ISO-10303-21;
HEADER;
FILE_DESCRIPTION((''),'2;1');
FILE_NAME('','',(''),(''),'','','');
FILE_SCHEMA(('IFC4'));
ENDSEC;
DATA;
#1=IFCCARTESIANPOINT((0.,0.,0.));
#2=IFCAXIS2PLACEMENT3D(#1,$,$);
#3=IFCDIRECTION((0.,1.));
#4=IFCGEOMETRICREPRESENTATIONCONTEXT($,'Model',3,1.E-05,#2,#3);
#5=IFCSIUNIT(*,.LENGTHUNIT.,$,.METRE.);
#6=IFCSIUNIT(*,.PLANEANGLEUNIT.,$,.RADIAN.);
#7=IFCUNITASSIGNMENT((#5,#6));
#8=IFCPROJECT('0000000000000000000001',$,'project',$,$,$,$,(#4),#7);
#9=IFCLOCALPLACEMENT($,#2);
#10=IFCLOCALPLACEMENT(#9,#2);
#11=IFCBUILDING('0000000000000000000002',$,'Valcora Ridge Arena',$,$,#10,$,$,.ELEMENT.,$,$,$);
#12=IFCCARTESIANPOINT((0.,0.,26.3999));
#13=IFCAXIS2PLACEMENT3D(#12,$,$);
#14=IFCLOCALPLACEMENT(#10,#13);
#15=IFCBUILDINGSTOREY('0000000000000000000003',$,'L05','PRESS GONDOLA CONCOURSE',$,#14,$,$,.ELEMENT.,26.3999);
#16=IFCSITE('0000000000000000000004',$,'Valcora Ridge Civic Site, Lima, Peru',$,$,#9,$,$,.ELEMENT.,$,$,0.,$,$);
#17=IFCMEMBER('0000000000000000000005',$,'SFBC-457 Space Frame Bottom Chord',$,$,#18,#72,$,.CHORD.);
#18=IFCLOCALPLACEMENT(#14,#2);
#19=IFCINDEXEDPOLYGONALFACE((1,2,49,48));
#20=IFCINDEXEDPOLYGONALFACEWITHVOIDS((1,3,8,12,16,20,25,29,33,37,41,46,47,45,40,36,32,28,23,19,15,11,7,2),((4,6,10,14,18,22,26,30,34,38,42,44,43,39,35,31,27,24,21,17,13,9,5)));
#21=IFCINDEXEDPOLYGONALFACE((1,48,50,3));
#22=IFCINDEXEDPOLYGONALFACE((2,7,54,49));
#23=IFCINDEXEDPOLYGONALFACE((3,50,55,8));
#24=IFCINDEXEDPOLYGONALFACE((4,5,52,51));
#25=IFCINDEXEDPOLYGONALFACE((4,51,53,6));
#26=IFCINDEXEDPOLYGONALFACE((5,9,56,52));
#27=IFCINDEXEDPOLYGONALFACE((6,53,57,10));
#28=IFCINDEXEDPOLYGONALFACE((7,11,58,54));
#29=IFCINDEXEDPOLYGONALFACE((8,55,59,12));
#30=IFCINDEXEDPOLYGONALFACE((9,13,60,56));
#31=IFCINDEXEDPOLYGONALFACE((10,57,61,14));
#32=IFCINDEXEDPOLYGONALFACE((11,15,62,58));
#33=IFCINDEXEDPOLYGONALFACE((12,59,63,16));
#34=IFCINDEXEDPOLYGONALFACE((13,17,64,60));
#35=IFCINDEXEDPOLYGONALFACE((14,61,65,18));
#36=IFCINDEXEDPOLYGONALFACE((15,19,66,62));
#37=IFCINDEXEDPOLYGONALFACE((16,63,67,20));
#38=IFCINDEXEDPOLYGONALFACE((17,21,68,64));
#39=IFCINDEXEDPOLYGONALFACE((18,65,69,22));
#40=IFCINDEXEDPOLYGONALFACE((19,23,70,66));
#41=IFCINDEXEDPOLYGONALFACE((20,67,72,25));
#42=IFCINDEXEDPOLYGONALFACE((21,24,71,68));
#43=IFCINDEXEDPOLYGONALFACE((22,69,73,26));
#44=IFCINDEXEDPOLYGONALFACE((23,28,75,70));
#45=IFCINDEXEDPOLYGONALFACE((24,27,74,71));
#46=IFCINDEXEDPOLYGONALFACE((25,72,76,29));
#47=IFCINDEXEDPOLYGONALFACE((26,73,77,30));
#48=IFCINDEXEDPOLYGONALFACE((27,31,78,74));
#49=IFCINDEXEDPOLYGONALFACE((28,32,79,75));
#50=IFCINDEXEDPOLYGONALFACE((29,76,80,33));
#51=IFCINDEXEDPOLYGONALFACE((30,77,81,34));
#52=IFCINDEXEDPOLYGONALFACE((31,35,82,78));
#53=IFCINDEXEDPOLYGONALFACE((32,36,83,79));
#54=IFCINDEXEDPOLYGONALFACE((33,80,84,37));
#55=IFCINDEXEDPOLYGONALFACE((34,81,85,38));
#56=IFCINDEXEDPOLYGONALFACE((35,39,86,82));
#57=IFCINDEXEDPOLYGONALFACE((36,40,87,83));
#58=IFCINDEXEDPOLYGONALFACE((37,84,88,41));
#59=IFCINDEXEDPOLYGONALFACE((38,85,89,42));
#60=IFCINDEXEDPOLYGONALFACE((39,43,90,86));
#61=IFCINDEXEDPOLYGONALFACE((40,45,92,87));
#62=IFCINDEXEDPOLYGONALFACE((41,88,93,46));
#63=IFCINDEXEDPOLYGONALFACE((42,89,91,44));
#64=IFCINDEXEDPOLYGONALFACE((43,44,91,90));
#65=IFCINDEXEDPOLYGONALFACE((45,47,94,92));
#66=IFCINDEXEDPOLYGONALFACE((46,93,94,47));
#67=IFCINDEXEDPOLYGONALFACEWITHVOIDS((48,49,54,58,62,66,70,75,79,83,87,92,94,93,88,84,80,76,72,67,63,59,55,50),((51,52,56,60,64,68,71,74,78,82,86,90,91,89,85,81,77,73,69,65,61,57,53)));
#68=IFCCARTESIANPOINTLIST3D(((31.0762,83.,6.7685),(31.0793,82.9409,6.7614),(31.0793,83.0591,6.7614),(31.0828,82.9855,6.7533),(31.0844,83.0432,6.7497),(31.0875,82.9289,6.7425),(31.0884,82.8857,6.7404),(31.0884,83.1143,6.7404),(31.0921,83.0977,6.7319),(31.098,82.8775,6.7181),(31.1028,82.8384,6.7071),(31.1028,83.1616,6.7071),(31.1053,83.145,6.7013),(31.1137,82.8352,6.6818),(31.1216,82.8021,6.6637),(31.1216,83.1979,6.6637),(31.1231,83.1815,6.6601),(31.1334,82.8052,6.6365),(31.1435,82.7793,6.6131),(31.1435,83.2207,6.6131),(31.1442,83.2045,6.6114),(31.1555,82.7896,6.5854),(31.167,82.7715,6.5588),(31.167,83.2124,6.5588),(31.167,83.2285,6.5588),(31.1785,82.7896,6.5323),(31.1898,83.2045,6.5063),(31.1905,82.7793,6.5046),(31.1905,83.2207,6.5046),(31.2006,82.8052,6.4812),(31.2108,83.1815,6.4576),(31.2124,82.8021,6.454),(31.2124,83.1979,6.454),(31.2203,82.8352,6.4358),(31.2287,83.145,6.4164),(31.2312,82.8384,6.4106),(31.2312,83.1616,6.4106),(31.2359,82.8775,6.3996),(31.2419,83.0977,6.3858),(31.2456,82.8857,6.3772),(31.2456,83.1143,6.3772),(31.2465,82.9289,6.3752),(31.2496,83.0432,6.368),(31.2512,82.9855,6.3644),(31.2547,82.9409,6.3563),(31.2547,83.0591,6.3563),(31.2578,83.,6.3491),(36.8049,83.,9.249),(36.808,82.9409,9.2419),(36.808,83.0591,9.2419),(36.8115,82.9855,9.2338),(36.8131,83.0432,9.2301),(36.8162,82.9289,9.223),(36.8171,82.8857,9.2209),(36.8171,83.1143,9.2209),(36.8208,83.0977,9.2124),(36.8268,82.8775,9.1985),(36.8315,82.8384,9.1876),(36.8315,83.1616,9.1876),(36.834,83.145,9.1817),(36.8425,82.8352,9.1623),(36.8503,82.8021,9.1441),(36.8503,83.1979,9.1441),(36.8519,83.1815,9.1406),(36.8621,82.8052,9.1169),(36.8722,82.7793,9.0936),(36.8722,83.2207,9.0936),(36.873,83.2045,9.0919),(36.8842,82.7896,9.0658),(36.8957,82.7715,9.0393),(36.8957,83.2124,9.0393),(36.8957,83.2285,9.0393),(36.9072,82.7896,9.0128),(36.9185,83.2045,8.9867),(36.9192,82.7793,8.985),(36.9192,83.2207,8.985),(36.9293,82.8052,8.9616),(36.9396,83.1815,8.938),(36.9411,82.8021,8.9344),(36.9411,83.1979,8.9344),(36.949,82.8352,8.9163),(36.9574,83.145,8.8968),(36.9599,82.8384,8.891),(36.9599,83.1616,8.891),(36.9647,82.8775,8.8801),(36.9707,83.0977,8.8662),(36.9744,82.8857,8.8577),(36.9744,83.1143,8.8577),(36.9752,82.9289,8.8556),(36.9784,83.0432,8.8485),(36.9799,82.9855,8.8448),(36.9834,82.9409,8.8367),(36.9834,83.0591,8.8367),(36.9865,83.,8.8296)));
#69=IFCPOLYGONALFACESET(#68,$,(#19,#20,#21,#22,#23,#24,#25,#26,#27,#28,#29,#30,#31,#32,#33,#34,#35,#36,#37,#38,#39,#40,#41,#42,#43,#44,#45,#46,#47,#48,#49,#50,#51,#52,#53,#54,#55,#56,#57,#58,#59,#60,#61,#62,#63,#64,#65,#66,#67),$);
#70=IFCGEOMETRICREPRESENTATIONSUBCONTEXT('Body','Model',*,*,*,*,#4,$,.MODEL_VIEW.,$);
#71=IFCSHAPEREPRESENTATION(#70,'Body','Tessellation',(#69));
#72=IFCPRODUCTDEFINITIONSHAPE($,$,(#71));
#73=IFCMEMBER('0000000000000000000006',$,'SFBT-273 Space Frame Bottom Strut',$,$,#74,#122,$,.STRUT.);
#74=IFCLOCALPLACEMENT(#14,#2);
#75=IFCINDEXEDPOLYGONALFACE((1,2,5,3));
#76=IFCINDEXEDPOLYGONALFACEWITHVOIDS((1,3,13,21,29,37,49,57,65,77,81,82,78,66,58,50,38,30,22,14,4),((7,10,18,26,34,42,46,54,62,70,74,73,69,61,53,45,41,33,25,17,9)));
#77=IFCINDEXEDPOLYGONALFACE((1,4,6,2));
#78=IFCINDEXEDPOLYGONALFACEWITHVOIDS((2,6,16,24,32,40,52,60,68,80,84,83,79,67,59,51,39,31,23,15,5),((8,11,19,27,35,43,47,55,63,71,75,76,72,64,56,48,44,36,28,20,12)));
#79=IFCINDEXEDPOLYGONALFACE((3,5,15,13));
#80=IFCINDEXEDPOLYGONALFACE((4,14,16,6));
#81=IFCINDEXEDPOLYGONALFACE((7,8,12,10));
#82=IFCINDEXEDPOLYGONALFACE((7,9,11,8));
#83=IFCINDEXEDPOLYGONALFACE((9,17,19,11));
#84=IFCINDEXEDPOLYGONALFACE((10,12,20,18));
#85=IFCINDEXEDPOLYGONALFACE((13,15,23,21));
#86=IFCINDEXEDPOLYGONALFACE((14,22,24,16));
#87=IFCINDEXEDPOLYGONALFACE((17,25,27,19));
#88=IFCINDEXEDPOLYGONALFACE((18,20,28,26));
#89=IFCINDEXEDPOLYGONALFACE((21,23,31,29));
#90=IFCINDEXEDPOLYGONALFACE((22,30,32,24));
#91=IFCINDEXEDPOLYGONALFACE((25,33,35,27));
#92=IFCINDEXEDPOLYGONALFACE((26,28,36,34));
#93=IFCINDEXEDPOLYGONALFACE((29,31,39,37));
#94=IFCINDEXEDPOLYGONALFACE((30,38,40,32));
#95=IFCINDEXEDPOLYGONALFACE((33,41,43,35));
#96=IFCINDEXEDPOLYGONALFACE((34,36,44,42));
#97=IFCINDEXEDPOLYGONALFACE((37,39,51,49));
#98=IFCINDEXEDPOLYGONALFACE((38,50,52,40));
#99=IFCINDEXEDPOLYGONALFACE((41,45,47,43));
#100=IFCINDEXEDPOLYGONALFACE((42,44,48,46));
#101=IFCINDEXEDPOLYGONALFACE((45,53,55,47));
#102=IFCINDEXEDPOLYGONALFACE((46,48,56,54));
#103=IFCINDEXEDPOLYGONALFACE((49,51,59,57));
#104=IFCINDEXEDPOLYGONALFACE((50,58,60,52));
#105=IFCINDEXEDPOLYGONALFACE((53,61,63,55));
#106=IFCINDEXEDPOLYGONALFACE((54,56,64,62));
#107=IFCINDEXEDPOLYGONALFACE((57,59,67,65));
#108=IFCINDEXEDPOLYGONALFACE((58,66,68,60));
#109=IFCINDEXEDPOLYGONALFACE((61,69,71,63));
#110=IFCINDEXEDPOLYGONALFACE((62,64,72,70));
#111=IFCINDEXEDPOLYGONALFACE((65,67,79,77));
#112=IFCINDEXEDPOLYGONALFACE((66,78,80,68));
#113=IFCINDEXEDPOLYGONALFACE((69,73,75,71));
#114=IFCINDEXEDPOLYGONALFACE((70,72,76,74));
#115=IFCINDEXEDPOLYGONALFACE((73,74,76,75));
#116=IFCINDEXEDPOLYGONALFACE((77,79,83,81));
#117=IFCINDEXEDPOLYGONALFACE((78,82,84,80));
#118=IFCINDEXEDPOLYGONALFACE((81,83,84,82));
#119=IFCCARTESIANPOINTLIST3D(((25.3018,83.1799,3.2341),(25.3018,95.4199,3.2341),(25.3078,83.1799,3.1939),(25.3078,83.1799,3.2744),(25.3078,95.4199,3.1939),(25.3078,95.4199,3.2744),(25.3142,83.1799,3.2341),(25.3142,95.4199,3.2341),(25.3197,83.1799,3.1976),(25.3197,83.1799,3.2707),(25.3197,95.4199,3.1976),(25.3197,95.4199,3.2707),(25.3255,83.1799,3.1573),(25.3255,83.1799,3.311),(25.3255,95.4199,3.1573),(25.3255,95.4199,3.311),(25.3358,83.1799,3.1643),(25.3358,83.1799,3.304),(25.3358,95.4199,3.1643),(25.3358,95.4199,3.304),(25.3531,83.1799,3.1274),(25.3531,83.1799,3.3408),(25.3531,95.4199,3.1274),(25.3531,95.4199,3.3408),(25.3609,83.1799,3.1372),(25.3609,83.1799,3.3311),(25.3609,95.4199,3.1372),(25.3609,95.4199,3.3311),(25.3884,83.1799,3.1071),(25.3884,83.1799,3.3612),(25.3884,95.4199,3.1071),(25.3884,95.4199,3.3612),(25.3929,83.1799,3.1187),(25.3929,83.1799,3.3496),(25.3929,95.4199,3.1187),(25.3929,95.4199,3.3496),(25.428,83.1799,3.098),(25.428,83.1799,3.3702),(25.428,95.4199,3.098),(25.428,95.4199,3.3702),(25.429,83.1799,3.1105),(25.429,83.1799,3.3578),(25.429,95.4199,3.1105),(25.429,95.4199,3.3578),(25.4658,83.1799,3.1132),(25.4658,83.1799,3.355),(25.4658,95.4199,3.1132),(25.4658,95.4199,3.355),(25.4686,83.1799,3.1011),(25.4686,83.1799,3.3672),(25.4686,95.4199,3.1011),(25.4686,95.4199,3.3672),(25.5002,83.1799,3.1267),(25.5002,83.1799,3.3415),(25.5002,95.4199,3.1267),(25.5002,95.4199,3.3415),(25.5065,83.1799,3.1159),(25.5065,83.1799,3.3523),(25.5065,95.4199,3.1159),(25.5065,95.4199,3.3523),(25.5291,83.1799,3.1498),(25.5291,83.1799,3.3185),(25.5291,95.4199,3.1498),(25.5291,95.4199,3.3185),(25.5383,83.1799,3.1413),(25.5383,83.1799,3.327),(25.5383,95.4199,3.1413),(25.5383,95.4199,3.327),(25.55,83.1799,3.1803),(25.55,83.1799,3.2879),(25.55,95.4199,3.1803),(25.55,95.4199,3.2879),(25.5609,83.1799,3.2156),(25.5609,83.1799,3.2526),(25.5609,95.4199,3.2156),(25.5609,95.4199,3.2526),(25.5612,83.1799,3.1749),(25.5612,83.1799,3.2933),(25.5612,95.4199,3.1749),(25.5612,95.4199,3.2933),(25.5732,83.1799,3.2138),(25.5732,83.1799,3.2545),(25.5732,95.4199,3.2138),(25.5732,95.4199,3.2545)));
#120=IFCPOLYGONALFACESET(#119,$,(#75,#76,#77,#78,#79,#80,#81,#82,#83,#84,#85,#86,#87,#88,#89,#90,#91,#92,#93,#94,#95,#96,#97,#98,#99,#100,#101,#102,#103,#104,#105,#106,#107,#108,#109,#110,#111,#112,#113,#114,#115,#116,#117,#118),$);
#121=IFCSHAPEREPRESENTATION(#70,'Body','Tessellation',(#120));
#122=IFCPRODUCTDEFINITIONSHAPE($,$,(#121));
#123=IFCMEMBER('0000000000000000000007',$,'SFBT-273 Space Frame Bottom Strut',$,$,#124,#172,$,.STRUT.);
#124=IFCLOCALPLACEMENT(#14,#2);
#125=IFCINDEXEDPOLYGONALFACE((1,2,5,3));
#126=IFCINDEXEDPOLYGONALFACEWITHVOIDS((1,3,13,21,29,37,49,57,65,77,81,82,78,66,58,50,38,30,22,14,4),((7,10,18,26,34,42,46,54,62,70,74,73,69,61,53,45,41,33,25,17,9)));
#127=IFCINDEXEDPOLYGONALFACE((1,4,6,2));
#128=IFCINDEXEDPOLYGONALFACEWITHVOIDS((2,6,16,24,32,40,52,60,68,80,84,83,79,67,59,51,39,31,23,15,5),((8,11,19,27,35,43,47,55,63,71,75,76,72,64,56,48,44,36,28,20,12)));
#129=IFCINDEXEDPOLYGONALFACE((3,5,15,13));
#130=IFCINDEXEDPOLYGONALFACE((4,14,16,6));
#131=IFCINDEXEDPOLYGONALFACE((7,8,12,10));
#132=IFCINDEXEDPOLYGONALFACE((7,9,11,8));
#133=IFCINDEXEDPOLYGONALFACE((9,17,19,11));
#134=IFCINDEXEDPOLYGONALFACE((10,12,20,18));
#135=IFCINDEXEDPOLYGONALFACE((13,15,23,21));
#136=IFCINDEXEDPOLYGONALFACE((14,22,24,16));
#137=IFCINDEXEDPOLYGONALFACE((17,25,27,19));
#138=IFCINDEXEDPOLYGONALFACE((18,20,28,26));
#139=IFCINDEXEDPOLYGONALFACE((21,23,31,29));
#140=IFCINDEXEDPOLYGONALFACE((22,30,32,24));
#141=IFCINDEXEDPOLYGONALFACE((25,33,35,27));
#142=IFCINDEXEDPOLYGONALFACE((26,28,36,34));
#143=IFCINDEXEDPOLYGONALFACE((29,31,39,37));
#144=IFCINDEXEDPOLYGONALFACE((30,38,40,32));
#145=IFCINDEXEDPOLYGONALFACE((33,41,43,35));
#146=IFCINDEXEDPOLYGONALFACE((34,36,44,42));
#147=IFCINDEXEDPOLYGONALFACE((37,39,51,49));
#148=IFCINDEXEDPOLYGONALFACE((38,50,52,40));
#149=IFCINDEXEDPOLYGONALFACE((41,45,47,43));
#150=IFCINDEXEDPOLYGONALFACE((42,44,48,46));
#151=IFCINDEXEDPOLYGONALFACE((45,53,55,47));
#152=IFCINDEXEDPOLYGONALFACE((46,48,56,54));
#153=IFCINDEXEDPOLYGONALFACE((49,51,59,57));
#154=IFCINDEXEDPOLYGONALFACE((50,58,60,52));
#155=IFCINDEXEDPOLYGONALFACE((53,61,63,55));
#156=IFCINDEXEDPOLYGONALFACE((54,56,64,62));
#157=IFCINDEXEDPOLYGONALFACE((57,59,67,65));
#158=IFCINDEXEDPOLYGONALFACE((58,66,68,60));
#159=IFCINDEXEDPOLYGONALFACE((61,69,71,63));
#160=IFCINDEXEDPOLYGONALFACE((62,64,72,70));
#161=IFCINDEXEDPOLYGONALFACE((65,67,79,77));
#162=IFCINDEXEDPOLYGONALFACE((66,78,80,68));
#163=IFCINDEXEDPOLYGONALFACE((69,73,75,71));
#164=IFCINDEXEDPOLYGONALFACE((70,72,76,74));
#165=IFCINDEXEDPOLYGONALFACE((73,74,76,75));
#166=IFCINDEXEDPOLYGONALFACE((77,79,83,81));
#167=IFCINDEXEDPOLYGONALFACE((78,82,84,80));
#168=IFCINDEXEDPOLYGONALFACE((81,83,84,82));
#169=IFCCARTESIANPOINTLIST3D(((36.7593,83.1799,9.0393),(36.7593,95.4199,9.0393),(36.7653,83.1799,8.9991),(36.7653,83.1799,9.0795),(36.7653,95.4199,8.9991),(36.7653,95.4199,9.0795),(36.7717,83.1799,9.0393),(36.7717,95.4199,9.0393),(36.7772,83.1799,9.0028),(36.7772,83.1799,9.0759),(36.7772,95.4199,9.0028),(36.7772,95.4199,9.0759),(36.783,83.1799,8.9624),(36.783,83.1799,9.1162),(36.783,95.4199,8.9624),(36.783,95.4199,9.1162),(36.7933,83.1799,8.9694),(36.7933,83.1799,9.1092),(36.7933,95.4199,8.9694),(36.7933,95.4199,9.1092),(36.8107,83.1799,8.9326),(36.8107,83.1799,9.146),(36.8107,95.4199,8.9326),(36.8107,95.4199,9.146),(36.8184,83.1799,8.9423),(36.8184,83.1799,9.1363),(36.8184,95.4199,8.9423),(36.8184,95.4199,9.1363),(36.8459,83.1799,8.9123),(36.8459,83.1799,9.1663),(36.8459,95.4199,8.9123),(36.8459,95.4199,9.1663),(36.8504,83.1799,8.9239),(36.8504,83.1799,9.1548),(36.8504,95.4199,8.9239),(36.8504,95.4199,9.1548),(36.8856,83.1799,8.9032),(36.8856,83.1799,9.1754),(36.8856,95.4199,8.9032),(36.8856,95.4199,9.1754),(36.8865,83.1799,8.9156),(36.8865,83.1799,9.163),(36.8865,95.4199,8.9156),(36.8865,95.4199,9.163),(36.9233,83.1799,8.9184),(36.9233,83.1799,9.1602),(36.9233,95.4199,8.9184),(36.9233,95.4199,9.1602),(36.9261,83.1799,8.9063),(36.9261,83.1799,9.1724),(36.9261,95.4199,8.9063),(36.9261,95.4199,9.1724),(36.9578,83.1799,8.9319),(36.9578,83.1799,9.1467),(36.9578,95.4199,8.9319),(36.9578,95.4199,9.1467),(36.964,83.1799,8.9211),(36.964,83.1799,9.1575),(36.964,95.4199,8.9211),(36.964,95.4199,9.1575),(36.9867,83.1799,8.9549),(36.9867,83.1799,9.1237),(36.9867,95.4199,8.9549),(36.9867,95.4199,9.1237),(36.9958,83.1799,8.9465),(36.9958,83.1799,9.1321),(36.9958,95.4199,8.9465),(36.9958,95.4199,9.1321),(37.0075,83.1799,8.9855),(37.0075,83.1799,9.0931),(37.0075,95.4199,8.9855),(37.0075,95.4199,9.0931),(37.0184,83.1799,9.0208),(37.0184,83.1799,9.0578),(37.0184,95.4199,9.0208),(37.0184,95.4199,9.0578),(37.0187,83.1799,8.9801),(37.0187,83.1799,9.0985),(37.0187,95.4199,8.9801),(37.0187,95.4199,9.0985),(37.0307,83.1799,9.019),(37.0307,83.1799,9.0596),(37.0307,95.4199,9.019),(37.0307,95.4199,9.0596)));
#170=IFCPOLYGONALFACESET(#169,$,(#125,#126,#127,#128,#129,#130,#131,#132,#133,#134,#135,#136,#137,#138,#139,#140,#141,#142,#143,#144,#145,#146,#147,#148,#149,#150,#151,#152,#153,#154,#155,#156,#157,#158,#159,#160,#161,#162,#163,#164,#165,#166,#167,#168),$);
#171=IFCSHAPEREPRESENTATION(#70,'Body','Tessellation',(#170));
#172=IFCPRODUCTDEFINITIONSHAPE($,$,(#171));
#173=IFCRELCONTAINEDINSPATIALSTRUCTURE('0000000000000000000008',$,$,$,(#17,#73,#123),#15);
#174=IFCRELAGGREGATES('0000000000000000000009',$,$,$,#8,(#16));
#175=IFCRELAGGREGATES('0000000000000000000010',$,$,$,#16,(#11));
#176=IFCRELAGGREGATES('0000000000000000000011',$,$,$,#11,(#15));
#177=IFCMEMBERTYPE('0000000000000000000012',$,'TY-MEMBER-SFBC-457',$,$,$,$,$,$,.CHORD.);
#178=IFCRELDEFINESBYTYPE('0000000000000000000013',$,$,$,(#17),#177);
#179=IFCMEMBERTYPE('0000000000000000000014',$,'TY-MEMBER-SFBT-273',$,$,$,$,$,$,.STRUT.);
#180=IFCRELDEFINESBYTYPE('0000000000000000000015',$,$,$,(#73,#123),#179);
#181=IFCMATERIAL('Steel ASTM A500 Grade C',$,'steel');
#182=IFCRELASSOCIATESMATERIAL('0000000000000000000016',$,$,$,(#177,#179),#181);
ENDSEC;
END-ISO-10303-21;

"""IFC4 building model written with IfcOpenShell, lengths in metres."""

from ifc_helpers import new_model, si_unit, direction, frame, origin, origin_2d, place, context, subcontext, project, spatial, hollow_circle, extrude, material, material_profile, profile_set, type_object, element, save


model = new_model("IFC4")

# Units and contexts
model_context = context("Model", 3, precision=1e-05, world=origin(), true_north=direction((0.0, 1.0)))
body_context = subcontext(model_context, "Body", "Model", "MODEL_VIEW")
ifc_project = project(units=[si_unit("LENGTHUNIT", "METRE"), si_unit("PLANEANGLEUNIT", "RADIAN")], contexts=[model_context])

# Site, building, storey
site_placement = place(None, origin())
site = spatial("IfcSite", under=ifc_project, at=site_placement, Name="Valcora Ridge Civic Site, Lima, Peru", CompositionType="ELEMENT", RefElevation=0.0)
building_placement = place(site_placement, origin())
building = spatial("IfcBuilding", under=site, at=building_placement, Name="Valcora Ridge Arena", CompositionType="ELEMENT")
storey_placement = place(building_placement, frame((0.0, 0.0, 26.3999)))
storey = spatial("IfcBuildingStorey", under=building, at=storey_placement, Name="L05", Description="PRESS GONDOLA CONCOURSE", CompositionType="ELEMENT", Elevation=26.3999)

# Members
ifc_material_1 = material(Name="Steel ASTM A500 Grade C", Category="steel")
ifc_material_profile_1 = material_profile(ifc_material_1, hollow_circle(Radius=0.2285, WallThickness=0.0161, at=origin_2d()), Name="CHS457X16")
ifc_profile_set_1 = profile_set([ifc_material_profile_1], Name="Steel ASTM A500 Grade C")
member_type_1 = type_object("IfcMemberType", Name="TY-MEMBER-SFBC-457", PredefinedType="CHORD", material=ifc_profile_set_1)
member_1_placement = place(storey_placement, frame((31.167, 83.0, 6.5588), z_axis=(0.917672, 0.0, 0.397339), x_axis=(0.0, 1.0, 0.0)))
element("IfcMember", 1, at=member_1_placement, inside=storey, type_object=member_type_1, Name="SFBC-457 Space Frame Bottom Chord", PredefinedType="CHORD", context=body_context, shape_type="SweptSolid", body=[
    extrude(hollow_circle(Radius=0.2285, WallThickness=0.0161, at=origin_2d()), origin(), (0.0, 0.0, 1.0), 6.2427),
])
ifc_material_profile_2 = material_profile(ifc_material_1, hollow_circle(Radius=0.1365, WallThickness=0.0125, at=origin_2d()), Name="CHS273X12")
ifc_profile_set_2 = profile_set([ifc_material_profile_2], Name="Steel ASTM A500 Grade C")
member_type_2 = type_object("IfcMemberType", Name="TY-MEMBER-SFBT-273", PredefinedType="STRUT", material=ifc_profile_set_2)
for number, where, z_axis, x_axis, name in (
    (2, (25.4382, 83.1799, 3.2341), (0.0, 1.0, 0.0), (-1.0, 0.0, 0.0), "SFBT-273 Space Frame Bottom Strut"),
    (3, (36.8958, 83.1799, 9.0393), (0.0, 1.0, 0.0), (-1.0, 0.0, 0.0), "SFBT-273 Space Frame Bottom Strut"),
):
    element("IfcMember", number, at=place(storey_placement, frame(where, z_axis=z_axis, x_axis=x_axis)), inside=storey, type_object=member_type_2, Name=name, PredefinedType="STRUT", context=body_context, shape_type="SweptSolid", body=[
        extrude(hollow_circle(Radius=0.1365, WallThickness=0.0125, at=origin_2d()), origin(), (0.0, 0.0, 1.0), 12.24),
    ])

save(model, "model.ifc")
